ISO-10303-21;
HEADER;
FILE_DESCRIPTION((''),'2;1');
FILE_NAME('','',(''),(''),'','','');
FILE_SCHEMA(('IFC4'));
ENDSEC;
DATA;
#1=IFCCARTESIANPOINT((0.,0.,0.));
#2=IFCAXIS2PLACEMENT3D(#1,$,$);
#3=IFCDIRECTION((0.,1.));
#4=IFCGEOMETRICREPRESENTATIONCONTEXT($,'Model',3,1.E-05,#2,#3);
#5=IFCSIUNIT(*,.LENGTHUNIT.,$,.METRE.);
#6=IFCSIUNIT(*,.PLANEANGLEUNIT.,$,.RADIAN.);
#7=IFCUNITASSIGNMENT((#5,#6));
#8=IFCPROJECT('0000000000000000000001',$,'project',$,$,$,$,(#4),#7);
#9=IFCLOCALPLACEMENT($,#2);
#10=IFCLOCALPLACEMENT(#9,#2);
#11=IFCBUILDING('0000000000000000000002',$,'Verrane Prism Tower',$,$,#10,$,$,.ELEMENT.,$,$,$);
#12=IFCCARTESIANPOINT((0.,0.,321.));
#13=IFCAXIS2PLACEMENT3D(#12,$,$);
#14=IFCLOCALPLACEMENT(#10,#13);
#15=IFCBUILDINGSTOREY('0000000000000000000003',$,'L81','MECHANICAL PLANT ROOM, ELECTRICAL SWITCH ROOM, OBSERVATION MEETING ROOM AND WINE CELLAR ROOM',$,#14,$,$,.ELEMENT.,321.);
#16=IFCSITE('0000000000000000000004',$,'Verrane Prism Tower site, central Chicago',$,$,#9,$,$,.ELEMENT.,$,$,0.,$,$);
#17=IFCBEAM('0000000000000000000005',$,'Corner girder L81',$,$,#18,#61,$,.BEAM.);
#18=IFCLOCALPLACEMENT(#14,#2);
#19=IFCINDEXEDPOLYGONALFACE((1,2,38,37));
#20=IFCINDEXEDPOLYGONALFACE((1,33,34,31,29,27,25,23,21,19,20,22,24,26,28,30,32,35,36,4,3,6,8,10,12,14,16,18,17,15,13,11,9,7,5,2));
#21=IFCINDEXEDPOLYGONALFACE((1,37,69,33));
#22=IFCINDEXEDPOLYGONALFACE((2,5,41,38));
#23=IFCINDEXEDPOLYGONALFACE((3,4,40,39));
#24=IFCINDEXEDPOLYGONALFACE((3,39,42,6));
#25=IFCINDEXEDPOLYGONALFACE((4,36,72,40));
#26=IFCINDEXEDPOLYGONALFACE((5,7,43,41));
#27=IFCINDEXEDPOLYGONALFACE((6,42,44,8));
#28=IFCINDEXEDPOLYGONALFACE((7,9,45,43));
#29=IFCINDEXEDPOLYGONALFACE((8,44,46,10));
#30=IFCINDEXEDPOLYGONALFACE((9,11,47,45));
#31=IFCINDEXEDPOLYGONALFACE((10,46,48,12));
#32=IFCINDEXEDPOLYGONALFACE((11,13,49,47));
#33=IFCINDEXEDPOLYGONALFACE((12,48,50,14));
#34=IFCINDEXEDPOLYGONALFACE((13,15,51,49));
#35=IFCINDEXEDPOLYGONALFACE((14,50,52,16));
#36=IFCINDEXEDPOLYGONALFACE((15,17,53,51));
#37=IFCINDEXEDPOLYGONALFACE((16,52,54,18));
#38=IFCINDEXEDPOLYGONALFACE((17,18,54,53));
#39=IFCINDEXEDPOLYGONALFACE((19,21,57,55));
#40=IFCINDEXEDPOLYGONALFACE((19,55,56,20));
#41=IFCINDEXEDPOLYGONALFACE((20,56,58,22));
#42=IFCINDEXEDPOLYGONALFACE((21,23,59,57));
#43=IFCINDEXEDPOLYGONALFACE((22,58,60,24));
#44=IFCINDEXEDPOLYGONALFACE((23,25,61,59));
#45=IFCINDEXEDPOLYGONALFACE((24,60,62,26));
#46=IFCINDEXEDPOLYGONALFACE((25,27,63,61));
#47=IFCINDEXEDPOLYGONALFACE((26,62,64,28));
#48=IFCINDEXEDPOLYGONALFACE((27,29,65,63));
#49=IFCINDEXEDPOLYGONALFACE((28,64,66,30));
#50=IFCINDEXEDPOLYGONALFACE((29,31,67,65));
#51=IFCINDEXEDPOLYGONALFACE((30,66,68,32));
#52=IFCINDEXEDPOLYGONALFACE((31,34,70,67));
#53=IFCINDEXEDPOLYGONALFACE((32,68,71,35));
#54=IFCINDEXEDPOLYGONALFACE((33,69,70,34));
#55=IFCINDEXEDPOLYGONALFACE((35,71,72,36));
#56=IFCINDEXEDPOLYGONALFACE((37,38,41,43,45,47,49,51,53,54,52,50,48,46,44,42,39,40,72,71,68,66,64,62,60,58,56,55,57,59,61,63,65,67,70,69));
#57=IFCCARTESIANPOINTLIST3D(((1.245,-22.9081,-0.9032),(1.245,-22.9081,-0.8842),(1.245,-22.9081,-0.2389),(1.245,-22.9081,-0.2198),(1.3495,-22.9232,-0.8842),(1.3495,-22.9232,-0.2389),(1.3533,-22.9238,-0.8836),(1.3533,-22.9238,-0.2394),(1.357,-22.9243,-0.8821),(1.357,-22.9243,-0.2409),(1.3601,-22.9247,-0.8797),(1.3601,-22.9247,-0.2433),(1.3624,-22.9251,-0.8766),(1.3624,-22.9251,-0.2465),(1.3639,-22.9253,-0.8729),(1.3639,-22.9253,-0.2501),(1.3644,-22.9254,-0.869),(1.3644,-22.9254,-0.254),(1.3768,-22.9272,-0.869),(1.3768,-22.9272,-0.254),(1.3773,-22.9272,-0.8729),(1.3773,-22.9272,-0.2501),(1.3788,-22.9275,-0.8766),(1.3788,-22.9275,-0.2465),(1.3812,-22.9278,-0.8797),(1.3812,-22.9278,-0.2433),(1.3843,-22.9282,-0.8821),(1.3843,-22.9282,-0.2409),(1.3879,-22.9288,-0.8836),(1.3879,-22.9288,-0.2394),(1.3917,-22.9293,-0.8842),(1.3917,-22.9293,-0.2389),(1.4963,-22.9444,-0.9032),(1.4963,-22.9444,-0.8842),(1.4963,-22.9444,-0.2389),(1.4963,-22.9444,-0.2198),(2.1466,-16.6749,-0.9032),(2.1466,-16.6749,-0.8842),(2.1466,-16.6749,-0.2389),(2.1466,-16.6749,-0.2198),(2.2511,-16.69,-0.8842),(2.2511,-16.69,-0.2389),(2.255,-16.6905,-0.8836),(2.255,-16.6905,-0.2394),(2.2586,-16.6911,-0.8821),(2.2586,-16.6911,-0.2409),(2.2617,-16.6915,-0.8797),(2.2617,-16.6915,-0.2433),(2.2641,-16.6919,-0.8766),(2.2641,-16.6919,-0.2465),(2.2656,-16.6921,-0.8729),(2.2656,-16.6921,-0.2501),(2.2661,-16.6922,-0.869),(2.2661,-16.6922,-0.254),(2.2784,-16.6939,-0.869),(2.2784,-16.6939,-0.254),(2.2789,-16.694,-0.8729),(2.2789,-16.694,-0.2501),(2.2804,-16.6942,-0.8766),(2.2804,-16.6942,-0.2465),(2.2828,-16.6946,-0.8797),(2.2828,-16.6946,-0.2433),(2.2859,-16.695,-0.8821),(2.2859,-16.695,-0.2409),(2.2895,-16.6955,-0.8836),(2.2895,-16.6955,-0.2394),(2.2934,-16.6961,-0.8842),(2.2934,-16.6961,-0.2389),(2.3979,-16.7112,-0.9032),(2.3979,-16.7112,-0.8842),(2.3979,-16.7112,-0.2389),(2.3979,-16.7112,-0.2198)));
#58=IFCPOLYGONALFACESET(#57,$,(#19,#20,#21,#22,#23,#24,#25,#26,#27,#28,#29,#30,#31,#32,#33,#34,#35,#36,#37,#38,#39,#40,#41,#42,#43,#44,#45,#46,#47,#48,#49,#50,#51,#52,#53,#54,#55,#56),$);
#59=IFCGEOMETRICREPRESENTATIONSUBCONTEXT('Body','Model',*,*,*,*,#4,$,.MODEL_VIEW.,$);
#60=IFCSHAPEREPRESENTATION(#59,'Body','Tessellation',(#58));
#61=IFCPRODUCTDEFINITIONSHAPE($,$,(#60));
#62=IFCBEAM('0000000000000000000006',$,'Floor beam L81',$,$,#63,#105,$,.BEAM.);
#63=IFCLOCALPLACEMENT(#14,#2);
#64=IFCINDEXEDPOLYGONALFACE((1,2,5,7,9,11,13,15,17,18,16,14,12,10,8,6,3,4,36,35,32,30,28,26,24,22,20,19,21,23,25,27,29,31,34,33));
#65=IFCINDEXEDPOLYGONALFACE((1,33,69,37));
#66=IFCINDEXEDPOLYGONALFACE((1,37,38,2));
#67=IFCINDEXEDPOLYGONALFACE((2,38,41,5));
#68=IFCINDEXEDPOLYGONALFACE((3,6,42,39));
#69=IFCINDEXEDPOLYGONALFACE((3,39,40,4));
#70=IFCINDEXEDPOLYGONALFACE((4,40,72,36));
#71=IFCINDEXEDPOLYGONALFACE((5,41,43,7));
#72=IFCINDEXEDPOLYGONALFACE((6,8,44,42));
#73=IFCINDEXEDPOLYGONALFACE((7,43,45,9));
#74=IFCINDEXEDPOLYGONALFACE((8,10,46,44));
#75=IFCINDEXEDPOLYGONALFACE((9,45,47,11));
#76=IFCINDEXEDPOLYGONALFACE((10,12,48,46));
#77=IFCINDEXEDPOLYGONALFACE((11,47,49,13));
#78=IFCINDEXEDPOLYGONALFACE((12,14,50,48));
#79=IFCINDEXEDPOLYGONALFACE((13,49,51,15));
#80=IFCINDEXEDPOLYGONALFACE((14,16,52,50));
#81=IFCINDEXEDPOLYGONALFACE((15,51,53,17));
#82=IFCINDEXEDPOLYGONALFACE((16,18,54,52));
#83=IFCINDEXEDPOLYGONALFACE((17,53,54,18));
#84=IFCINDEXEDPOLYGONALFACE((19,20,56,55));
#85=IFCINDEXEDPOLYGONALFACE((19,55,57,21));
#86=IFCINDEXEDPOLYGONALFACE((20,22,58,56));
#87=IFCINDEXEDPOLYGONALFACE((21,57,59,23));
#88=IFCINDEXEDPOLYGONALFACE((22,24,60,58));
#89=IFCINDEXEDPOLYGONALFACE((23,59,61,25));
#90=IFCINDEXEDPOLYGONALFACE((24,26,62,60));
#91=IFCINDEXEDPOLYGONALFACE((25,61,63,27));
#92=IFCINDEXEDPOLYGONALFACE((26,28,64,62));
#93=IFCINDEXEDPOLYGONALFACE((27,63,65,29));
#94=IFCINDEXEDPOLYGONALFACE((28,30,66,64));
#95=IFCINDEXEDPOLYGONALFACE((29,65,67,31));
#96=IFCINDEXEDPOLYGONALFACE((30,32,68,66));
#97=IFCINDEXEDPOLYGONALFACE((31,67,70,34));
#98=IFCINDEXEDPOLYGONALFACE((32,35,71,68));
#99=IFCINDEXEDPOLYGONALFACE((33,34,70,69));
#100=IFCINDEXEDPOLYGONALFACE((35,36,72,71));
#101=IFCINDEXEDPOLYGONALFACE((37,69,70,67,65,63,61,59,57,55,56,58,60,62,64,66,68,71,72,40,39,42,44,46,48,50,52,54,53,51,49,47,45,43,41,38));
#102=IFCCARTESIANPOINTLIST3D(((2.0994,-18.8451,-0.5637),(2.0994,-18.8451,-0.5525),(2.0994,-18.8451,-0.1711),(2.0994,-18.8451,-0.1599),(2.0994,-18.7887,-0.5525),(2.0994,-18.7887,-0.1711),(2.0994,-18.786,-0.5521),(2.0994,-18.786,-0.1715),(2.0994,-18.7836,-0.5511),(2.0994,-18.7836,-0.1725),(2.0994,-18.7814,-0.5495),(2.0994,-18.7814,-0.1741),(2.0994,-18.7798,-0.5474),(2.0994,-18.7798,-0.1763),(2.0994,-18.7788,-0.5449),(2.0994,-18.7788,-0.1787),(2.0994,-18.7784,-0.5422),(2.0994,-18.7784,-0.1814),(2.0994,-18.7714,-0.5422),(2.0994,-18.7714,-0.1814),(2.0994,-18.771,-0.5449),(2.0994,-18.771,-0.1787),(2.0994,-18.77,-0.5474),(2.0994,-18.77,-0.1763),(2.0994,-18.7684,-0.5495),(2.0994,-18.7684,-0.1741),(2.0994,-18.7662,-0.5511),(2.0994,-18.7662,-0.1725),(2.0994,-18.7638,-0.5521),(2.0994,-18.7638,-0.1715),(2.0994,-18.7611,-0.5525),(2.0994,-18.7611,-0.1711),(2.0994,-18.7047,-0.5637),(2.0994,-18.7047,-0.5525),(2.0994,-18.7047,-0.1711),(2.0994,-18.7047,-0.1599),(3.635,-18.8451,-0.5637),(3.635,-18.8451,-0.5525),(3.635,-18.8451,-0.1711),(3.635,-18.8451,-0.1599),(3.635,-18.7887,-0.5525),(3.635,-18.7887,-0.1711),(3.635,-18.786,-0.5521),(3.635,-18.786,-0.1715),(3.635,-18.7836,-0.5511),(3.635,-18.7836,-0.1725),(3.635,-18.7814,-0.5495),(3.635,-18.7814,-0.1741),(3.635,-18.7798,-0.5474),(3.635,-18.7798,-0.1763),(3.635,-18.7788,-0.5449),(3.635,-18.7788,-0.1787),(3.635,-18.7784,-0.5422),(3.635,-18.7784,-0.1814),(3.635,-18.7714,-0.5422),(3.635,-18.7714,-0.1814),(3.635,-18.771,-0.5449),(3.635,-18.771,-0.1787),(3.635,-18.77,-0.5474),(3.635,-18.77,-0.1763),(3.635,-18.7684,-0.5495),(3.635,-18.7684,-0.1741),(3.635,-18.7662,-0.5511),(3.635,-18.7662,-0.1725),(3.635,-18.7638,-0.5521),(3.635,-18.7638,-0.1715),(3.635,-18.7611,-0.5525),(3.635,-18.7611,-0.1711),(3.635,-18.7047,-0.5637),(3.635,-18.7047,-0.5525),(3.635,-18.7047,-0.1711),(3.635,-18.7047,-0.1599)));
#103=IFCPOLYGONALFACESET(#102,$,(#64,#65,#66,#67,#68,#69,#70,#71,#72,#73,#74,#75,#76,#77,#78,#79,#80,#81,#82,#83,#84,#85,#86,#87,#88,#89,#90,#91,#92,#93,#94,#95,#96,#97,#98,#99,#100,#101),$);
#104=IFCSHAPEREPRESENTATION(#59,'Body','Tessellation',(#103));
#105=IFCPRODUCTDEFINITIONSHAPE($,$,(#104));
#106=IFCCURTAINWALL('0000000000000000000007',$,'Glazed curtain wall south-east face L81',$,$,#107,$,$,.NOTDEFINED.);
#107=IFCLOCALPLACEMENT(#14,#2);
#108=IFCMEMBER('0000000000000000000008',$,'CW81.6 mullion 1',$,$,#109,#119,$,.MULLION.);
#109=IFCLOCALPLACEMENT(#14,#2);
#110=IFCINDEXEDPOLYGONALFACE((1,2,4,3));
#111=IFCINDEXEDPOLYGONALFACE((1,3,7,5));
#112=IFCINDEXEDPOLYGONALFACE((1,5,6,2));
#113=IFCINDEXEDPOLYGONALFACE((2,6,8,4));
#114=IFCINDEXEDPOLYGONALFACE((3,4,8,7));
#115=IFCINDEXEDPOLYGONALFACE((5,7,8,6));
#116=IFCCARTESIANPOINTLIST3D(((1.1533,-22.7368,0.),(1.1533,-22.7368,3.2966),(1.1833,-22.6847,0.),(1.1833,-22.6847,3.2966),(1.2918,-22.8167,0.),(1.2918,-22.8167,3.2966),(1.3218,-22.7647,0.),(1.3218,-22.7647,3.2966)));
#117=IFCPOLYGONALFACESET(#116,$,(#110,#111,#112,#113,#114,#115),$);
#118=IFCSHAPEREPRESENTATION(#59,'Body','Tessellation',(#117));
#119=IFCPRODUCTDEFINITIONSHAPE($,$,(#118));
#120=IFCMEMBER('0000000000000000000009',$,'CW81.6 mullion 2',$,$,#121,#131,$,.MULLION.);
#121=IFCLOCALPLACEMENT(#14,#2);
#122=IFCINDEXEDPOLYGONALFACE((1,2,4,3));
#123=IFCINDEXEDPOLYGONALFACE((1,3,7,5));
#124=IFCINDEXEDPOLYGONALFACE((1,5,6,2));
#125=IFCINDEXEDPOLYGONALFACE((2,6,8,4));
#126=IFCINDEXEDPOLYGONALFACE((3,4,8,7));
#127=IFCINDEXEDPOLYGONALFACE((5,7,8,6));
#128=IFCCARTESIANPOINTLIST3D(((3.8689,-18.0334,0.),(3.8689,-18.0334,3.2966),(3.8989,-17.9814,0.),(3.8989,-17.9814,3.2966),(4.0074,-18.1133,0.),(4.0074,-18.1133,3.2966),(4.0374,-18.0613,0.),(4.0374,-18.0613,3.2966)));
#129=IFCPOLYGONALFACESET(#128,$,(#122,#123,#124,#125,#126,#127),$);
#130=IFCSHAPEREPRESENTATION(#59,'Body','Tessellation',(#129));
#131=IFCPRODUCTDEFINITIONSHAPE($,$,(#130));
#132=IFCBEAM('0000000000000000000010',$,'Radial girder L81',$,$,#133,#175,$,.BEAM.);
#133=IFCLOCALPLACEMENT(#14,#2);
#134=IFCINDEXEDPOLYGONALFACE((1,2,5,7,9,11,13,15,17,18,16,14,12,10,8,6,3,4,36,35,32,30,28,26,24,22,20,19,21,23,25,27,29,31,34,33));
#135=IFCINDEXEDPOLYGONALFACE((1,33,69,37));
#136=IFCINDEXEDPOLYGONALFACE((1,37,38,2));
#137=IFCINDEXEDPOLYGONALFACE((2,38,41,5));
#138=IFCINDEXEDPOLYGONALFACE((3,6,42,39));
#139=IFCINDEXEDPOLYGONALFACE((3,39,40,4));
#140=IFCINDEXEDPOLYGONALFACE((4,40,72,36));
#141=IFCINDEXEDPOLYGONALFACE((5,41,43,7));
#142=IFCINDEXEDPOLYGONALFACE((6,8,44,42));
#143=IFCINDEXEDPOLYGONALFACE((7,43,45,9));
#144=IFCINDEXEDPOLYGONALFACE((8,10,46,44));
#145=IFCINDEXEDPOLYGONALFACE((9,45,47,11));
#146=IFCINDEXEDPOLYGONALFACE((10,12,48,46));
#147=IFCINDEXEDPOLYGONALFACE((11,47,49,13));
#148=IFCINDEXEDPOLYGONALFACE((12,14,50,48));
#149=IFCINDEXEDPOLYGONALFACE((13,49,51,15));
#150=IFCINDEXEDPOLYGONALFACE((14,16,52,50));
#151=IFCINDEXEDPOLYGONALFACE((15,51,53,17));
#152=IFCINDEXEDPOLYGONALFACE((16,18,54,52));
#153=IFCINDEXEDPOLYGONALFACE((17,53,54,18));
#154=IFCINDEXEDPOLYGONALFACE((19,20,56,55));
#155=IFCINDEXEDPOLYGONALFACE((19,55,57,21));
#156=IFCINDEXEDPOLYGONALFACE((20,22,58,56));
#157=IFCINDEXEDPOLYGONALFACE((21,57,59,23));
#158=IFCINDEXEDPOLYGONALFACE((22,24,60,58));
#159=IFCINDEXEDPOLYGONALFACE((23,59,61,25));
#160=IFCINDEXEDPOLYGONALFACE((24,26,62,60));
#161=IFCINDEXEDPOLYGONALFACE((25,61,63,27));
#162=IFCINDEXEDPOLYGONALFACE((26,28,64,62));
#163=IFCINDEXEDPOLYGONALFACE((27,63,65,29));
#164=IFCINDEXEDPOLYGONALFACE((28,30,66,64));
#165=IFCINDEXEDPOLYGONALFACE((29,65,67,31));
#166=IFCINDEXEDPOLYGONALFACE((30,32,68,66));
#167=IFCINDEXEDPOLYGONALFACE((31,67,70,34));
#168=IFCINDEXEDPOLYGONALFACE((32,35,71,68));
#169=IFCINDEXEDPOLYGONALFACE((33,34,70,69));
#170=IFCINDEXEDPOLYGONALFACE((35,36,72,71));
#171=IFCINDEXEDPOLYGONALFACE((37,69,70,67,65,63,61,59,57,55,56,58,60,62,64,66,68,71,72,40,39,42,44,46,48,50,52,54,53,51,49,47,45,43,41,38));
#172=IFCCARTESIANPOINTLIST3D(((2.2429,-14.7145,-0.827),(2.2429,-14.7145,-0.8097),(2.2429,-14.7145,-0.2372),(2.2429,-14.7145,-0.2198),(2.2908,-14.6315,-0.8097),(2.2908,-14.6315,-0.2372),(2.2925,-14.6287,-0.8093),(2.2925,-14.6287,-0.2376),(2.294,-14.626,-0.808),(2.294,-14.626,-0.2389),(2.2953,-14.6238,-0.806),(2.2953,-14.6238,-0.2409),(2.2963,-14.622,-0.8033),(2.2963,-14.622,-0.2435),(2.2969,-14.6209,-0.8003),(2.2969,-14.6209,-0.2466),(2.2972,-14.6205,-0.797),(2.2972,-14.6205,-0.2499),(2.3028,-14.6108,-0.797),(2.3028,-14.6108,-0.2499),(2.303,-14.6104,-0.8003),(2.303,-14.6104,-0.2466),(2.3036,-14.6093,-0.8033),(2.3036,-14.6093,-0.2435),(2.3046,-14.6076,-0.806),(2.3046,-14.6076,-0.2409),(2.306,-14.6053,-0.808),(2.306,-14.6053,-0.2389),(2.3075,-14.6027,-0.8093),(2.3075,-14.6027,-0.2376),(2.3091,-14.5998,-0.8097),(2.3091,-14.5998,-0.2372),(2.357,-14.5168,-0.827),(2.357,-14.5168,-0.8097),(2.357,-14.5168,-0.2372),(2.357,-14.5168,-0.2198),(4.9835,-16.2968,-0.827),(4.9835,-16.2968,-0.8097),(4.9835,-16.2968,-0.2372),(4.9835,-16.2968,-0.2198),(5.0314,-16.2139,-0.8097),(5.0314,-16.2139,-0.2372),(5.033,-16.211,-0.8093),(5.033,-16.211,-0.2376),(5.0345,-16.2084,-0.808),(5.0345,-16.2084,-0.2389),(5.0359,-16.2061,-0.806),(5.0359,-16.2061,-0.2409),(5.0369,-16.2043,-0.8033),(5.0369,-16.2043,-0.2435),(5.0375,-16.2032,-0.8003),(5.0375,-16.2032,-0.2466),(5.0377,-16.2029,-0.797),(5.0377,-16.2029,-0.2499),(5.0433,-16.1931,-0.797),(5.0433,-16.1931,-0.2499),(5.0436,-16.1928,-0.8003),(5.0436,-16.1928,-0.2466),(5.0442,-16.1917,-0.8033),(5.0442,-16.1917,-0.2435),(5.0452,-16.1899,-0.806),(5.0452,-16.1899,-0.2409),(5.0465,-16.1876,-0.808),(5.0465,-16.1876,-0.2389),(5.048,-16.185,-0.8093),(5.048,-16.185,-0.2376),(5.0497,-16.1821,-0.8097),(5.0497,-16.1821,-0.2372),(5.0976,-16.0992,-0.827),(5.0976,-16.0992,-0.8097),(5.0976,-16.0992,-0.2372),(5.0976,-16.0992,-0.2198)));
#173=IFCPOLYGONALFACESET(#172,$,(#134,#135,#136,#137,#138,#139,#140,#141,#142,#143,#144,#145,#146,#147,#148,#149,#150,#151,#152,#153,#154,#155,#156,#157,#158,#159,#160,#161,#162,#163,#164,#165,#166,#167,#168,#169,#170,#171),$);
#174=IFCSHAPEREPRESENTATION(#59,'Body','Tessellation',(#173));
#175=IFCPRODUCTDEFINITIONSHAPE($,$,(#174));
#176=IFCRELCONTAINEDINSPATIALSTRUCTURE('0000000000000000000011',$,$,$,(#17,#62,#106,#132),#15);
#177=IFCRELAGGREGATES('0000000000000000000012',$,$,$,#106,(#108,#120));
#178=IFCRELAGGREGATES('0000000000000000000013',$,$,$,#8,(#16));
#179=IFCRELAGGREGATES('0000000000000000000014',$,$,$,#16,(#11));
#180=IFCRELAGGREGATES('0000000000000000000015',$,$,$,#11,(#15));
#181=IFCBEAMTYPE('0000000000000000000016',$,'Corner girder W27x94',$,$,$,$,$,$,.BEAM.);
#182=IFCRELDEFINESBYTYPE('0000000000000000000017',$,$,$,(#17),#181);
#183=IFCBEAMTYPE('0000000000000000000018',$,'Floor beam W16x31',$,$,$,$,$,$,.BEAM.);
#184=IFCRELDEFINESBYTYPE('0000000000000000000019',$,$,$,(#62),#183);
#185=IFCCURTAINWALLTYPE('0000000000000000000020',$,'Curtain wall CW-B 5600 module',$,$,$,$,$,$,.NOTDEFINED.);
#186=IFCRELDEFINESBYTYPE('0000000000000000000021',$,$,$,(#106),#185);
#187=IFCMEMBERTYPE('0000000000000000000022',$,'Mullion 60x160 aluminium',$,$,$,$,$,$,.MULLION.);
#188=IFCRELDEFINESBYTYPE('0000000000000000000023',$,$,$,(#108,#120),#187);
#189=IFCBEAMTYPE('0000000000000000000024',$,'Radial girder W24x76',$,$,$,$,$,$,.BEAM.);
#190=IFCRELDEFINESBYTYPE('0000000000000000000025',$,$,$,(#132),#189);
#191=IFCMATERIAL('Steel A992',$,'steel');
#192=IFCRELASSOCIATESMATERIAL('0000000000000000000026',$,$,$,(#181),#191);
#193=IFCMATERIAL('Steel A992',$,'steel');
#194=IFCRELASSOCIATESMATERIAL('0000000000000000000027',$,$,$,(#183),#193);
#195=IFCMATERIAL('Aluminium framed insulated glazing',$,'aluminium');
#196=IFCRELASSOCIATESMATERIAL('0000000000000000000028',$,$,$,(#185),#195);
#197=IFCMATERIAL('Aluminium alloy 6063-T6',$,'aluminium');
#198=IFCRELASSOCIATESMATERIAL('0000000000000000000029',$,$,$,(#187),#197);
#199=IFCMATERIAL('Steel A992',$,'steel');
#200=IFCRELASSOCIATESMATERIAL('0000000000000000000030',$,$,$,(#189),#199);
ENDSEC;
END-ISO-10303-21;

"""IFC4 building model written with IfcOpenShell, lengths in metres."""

from ifc_helpers import new_model, si_unit, direction, frame, origin, origin_2d, place, context, subcontext, project, spatial, rectangle, i_section, extrude, material, material_profile, profile_set, type_object, element, aggregate, save


model = new_model("IFC4")

# Units and contexts
model_context = context("Model", 3, precision=1e-05, world=origin(), true_north=direction((0.0, 1.0)))
body_context = subcontext(model_context, "Body", "Model", "MODEL_VIEW")
ifc_project = project(units=[si_unit("LENGTHUNIT", "METRE"), si_unit("PLANEANGLEUNIT", "RADIAN")], contexts=[model_context])

# Site, building, storey
site_placement = place(None, origin())
site = spatial("IfcSite", under=ifc_project, at=site_placement, Name="Verrane Prism Tower site, central Chicago", CompositionType="ELEMENT", RefElevation=0.0)
building_placement = place(site_placement, origin())
building = spatial("IfcBuilding", under=site, at=building_placement, Name="Verrane Prism Tower", CompositionType="ELEMENT")
storey_placement = place(building_placement, frame((0.0, 0.0, 321.0)))
storey = spatial("IfcBuildingStorey", under=building, at=storey_placement, Name="L81", Description="MECHANICAL PLANT ROOM, ELECTRICAL SWITCH ROOM, OBSERVATION MEETING ROOM AND WINE CELLAR ROOM", CompositionType="ELEMENT", Elevation=321.0)

# Beams
ifc_material_1 = material(Name="Steel A992", Category="steel")
ifc_material_profile_1 = material_profile(ifc_material_1, i_section(OverallWidth=0.2539, OverallDepth=0.6833, WebThickness=0.0125, FlangeThickness=0.019, FilletRadius=0.0151, at=origin_2d()), Name="W27x94")
ifc_profile_set_1 = profile_set([ifc_material_profile_1], Name="Steel A992")
beam_type_1 = type_object("IfcBeamType", Name="Corner girder W27x94", PredefinedType="BEAM", material=ifc_profile_set_1)
beam_1_placement = place(storey_placement, frame((1.3706, -22.9263, -0.5615), z_axis=(0.143158, 0.9897, 0.0), x_axis=(-0.9897, 0.143158, 0.0)))
element("IfcBeam", 1, at=beam_1_placement, inside=storey, type_object=beam_type_1, Name="Corner girder L81", PredefinedType="BEAM", context=body_context, shape_type="SweptSolid", body=[
    extrude(i_section(OverallWidth=0.2539, OverallDepth=0.6833, WebThickness=0.0125, FlangeThickness=0.019, FilletRadius=0.0151, at=origin_2d()), origin(), (0.0, 0.0, 1.0), 6.2981),
])
ifc_material_2 = material(Name="Steel A992", Category="steel")
ifc_material_profile_2 = material_profile(ifc_material_2, i_section(OverallWidth=0.1404, OverallDepth=0.4038, WebThickness=0.0071, FlangeThickness=0.0112, FilletRadius=0.0103, at=origin_2d()), Name="W16x31")
ifc_profile_set_2 = profile_set([ifc_material_profile_2], Name="Steel A992")
beam_type_2 = type_object("IfcBeamType", Name="Floor beam W16x31", PredefinedType="BEAM", material=ifc_profile_set_2)
beam_2_placement = place(storey_placement, frame((2.0994, -18.7749, -0.3618), z_axis=(1.0, 0.0, 0.0), x_axis=(0.0, 1.0, 0.0)))
element("IfcBeam", 2, at=beam_2_placement, inside=storey, type_object=beam_type_2, Name="Floor beam L81", PredefinedType="BEAM", context=body_context, shape_type="SweptSolid", body=[
    extrude(i_section(OverallWidth=0.1404, OverallDepth=0.4038, WebThickness=0.0071, FlangeThickness=0.0112, FilletRadius=0.0103, at=origin_2d()), origin(), (0.0, 0.0, 1.0), 1.5356),
])

# Curtain wall, members
ifc_material_3 = material(Name="Aluminium framed insulated glazing", Category="aluminium")
curtain_wall_type_1 = type_object("IfcCurtainWallType", Name="Curtain wall CW-B 5600 module", PredefinedType="NOTDEFINED", material=ifc_material_3)
curtain_wall_1_placement = place(storey_placement, origin())
curtain_wall_1 = element("IfcCurtainWall", 3, at=curtain_wall_1_placement, inside=storey, type_object=curtain_wall_type_1, Name="Glazed curtain wall south-east face L81", PredefinedType="NOTDEFINED")
ifc_material_4 = material(Name="Aluminium alloy 6063-T6", Category="aluminium")
ifc_material_profile_3 = material_profile(ifc_material_4, rectangle(XDim=0.1599, YDim=0.0601, at=origin_2d()), Name="Mullion 60x160 aluminium")
ifc_profile_set_3 = profile_set([ifc_material_profile_3], Name="Aluminium alloy 6063-T6")
member_type_1 = type_object("IfcMemberType", Name="Mullion 60x160 aluminium", PredefinedType="MULLION", material=ifc_profile_set_3)
member_1_placement = place(storey_placement, frame((1.2375, -22.7507, 0.0), z_axis=(0.0, 0.0, 1.0), x_axis=(-0.866025, 0.5, 0.0)))
member_1 = element("IfcMember", 4, at=member_1_placement, type_object=member_type_1, Name="CW81.6 mullion 1", PredefinedType="MULLION", context=body_context, shape_type="SweptSolid", body=[
    extrude(rectangle(XDim=0.1599, YDim=0.0601, at=origin_2d()), origin(), (0.0, 0.0, 1.0), 3.2966),
])
member_2_placement = place(storey_placement, frame((3.9531, -18.0474, 0.0), z_axis=(0.0, 0.0, 1.0), x_axis=(-0.866025, 0.5, 0.0)))
member_2 = element("IfcMember", 5, at=member_2_placement, type_object=member_type_1, Name="CW81.6 mullion 2", PredefinedType="MULLION", context=body_context, shape_type="SweptSolid", body=[
    extrude(rectangle(XDim=0.1599, YDim=0.0601, at=origin_2d()), origin(), (0.0, 0.0, 1.0), 3.2966),
])

# Beam
ifc_material_5 = material(Name="Steel A992", Category="steel")
ifc_material_profile_4 = material_profile(ifc_material_5, i_section(OverallWidth=0.2283, OverallDepth=0.6072, WebThickness=0.0112, FlangeThickness=0.0173, FilletRadius=0.0127, at=origin_2d()), Name="W24x76")
ifc_profile_set_4 = profile_set([ifc_material_profile_4], Name="Steel A992")
beam_type_3 = type_object("IfcBeamType", Name="Radial girder W24x76", PredefinedType="BEAM", material=ifc_profile_set_4)
beam_3_placement = place(storey_placement, frame((5.0405, -16.198, -0.5234), z_axis=(-0.866017, 0.500014, 0.0), x_axis=(-0.500014, -0.866017, 0.0)))
element("IfcBeam", 6, at=beam_3_placement, inside=storey, type_object=beam_type_3, Name="Radial girder L81", PredefinedType="BEAM", context=body_context, shape_type="SweptSolid", body=[
    extrude(i_section(OverallWidth=0.2283, OverallDepth=0.6072, WebThickness=0.0112, FlangeThickness=0.0173, FilletRadius=0.0127, at=origin_2d()), origin(), (0.0, 0.0, 1.0), 3.1646),
])

aggregate(curtain_wall_1, [member_1, member_2])

save(model, "model.ifc")
